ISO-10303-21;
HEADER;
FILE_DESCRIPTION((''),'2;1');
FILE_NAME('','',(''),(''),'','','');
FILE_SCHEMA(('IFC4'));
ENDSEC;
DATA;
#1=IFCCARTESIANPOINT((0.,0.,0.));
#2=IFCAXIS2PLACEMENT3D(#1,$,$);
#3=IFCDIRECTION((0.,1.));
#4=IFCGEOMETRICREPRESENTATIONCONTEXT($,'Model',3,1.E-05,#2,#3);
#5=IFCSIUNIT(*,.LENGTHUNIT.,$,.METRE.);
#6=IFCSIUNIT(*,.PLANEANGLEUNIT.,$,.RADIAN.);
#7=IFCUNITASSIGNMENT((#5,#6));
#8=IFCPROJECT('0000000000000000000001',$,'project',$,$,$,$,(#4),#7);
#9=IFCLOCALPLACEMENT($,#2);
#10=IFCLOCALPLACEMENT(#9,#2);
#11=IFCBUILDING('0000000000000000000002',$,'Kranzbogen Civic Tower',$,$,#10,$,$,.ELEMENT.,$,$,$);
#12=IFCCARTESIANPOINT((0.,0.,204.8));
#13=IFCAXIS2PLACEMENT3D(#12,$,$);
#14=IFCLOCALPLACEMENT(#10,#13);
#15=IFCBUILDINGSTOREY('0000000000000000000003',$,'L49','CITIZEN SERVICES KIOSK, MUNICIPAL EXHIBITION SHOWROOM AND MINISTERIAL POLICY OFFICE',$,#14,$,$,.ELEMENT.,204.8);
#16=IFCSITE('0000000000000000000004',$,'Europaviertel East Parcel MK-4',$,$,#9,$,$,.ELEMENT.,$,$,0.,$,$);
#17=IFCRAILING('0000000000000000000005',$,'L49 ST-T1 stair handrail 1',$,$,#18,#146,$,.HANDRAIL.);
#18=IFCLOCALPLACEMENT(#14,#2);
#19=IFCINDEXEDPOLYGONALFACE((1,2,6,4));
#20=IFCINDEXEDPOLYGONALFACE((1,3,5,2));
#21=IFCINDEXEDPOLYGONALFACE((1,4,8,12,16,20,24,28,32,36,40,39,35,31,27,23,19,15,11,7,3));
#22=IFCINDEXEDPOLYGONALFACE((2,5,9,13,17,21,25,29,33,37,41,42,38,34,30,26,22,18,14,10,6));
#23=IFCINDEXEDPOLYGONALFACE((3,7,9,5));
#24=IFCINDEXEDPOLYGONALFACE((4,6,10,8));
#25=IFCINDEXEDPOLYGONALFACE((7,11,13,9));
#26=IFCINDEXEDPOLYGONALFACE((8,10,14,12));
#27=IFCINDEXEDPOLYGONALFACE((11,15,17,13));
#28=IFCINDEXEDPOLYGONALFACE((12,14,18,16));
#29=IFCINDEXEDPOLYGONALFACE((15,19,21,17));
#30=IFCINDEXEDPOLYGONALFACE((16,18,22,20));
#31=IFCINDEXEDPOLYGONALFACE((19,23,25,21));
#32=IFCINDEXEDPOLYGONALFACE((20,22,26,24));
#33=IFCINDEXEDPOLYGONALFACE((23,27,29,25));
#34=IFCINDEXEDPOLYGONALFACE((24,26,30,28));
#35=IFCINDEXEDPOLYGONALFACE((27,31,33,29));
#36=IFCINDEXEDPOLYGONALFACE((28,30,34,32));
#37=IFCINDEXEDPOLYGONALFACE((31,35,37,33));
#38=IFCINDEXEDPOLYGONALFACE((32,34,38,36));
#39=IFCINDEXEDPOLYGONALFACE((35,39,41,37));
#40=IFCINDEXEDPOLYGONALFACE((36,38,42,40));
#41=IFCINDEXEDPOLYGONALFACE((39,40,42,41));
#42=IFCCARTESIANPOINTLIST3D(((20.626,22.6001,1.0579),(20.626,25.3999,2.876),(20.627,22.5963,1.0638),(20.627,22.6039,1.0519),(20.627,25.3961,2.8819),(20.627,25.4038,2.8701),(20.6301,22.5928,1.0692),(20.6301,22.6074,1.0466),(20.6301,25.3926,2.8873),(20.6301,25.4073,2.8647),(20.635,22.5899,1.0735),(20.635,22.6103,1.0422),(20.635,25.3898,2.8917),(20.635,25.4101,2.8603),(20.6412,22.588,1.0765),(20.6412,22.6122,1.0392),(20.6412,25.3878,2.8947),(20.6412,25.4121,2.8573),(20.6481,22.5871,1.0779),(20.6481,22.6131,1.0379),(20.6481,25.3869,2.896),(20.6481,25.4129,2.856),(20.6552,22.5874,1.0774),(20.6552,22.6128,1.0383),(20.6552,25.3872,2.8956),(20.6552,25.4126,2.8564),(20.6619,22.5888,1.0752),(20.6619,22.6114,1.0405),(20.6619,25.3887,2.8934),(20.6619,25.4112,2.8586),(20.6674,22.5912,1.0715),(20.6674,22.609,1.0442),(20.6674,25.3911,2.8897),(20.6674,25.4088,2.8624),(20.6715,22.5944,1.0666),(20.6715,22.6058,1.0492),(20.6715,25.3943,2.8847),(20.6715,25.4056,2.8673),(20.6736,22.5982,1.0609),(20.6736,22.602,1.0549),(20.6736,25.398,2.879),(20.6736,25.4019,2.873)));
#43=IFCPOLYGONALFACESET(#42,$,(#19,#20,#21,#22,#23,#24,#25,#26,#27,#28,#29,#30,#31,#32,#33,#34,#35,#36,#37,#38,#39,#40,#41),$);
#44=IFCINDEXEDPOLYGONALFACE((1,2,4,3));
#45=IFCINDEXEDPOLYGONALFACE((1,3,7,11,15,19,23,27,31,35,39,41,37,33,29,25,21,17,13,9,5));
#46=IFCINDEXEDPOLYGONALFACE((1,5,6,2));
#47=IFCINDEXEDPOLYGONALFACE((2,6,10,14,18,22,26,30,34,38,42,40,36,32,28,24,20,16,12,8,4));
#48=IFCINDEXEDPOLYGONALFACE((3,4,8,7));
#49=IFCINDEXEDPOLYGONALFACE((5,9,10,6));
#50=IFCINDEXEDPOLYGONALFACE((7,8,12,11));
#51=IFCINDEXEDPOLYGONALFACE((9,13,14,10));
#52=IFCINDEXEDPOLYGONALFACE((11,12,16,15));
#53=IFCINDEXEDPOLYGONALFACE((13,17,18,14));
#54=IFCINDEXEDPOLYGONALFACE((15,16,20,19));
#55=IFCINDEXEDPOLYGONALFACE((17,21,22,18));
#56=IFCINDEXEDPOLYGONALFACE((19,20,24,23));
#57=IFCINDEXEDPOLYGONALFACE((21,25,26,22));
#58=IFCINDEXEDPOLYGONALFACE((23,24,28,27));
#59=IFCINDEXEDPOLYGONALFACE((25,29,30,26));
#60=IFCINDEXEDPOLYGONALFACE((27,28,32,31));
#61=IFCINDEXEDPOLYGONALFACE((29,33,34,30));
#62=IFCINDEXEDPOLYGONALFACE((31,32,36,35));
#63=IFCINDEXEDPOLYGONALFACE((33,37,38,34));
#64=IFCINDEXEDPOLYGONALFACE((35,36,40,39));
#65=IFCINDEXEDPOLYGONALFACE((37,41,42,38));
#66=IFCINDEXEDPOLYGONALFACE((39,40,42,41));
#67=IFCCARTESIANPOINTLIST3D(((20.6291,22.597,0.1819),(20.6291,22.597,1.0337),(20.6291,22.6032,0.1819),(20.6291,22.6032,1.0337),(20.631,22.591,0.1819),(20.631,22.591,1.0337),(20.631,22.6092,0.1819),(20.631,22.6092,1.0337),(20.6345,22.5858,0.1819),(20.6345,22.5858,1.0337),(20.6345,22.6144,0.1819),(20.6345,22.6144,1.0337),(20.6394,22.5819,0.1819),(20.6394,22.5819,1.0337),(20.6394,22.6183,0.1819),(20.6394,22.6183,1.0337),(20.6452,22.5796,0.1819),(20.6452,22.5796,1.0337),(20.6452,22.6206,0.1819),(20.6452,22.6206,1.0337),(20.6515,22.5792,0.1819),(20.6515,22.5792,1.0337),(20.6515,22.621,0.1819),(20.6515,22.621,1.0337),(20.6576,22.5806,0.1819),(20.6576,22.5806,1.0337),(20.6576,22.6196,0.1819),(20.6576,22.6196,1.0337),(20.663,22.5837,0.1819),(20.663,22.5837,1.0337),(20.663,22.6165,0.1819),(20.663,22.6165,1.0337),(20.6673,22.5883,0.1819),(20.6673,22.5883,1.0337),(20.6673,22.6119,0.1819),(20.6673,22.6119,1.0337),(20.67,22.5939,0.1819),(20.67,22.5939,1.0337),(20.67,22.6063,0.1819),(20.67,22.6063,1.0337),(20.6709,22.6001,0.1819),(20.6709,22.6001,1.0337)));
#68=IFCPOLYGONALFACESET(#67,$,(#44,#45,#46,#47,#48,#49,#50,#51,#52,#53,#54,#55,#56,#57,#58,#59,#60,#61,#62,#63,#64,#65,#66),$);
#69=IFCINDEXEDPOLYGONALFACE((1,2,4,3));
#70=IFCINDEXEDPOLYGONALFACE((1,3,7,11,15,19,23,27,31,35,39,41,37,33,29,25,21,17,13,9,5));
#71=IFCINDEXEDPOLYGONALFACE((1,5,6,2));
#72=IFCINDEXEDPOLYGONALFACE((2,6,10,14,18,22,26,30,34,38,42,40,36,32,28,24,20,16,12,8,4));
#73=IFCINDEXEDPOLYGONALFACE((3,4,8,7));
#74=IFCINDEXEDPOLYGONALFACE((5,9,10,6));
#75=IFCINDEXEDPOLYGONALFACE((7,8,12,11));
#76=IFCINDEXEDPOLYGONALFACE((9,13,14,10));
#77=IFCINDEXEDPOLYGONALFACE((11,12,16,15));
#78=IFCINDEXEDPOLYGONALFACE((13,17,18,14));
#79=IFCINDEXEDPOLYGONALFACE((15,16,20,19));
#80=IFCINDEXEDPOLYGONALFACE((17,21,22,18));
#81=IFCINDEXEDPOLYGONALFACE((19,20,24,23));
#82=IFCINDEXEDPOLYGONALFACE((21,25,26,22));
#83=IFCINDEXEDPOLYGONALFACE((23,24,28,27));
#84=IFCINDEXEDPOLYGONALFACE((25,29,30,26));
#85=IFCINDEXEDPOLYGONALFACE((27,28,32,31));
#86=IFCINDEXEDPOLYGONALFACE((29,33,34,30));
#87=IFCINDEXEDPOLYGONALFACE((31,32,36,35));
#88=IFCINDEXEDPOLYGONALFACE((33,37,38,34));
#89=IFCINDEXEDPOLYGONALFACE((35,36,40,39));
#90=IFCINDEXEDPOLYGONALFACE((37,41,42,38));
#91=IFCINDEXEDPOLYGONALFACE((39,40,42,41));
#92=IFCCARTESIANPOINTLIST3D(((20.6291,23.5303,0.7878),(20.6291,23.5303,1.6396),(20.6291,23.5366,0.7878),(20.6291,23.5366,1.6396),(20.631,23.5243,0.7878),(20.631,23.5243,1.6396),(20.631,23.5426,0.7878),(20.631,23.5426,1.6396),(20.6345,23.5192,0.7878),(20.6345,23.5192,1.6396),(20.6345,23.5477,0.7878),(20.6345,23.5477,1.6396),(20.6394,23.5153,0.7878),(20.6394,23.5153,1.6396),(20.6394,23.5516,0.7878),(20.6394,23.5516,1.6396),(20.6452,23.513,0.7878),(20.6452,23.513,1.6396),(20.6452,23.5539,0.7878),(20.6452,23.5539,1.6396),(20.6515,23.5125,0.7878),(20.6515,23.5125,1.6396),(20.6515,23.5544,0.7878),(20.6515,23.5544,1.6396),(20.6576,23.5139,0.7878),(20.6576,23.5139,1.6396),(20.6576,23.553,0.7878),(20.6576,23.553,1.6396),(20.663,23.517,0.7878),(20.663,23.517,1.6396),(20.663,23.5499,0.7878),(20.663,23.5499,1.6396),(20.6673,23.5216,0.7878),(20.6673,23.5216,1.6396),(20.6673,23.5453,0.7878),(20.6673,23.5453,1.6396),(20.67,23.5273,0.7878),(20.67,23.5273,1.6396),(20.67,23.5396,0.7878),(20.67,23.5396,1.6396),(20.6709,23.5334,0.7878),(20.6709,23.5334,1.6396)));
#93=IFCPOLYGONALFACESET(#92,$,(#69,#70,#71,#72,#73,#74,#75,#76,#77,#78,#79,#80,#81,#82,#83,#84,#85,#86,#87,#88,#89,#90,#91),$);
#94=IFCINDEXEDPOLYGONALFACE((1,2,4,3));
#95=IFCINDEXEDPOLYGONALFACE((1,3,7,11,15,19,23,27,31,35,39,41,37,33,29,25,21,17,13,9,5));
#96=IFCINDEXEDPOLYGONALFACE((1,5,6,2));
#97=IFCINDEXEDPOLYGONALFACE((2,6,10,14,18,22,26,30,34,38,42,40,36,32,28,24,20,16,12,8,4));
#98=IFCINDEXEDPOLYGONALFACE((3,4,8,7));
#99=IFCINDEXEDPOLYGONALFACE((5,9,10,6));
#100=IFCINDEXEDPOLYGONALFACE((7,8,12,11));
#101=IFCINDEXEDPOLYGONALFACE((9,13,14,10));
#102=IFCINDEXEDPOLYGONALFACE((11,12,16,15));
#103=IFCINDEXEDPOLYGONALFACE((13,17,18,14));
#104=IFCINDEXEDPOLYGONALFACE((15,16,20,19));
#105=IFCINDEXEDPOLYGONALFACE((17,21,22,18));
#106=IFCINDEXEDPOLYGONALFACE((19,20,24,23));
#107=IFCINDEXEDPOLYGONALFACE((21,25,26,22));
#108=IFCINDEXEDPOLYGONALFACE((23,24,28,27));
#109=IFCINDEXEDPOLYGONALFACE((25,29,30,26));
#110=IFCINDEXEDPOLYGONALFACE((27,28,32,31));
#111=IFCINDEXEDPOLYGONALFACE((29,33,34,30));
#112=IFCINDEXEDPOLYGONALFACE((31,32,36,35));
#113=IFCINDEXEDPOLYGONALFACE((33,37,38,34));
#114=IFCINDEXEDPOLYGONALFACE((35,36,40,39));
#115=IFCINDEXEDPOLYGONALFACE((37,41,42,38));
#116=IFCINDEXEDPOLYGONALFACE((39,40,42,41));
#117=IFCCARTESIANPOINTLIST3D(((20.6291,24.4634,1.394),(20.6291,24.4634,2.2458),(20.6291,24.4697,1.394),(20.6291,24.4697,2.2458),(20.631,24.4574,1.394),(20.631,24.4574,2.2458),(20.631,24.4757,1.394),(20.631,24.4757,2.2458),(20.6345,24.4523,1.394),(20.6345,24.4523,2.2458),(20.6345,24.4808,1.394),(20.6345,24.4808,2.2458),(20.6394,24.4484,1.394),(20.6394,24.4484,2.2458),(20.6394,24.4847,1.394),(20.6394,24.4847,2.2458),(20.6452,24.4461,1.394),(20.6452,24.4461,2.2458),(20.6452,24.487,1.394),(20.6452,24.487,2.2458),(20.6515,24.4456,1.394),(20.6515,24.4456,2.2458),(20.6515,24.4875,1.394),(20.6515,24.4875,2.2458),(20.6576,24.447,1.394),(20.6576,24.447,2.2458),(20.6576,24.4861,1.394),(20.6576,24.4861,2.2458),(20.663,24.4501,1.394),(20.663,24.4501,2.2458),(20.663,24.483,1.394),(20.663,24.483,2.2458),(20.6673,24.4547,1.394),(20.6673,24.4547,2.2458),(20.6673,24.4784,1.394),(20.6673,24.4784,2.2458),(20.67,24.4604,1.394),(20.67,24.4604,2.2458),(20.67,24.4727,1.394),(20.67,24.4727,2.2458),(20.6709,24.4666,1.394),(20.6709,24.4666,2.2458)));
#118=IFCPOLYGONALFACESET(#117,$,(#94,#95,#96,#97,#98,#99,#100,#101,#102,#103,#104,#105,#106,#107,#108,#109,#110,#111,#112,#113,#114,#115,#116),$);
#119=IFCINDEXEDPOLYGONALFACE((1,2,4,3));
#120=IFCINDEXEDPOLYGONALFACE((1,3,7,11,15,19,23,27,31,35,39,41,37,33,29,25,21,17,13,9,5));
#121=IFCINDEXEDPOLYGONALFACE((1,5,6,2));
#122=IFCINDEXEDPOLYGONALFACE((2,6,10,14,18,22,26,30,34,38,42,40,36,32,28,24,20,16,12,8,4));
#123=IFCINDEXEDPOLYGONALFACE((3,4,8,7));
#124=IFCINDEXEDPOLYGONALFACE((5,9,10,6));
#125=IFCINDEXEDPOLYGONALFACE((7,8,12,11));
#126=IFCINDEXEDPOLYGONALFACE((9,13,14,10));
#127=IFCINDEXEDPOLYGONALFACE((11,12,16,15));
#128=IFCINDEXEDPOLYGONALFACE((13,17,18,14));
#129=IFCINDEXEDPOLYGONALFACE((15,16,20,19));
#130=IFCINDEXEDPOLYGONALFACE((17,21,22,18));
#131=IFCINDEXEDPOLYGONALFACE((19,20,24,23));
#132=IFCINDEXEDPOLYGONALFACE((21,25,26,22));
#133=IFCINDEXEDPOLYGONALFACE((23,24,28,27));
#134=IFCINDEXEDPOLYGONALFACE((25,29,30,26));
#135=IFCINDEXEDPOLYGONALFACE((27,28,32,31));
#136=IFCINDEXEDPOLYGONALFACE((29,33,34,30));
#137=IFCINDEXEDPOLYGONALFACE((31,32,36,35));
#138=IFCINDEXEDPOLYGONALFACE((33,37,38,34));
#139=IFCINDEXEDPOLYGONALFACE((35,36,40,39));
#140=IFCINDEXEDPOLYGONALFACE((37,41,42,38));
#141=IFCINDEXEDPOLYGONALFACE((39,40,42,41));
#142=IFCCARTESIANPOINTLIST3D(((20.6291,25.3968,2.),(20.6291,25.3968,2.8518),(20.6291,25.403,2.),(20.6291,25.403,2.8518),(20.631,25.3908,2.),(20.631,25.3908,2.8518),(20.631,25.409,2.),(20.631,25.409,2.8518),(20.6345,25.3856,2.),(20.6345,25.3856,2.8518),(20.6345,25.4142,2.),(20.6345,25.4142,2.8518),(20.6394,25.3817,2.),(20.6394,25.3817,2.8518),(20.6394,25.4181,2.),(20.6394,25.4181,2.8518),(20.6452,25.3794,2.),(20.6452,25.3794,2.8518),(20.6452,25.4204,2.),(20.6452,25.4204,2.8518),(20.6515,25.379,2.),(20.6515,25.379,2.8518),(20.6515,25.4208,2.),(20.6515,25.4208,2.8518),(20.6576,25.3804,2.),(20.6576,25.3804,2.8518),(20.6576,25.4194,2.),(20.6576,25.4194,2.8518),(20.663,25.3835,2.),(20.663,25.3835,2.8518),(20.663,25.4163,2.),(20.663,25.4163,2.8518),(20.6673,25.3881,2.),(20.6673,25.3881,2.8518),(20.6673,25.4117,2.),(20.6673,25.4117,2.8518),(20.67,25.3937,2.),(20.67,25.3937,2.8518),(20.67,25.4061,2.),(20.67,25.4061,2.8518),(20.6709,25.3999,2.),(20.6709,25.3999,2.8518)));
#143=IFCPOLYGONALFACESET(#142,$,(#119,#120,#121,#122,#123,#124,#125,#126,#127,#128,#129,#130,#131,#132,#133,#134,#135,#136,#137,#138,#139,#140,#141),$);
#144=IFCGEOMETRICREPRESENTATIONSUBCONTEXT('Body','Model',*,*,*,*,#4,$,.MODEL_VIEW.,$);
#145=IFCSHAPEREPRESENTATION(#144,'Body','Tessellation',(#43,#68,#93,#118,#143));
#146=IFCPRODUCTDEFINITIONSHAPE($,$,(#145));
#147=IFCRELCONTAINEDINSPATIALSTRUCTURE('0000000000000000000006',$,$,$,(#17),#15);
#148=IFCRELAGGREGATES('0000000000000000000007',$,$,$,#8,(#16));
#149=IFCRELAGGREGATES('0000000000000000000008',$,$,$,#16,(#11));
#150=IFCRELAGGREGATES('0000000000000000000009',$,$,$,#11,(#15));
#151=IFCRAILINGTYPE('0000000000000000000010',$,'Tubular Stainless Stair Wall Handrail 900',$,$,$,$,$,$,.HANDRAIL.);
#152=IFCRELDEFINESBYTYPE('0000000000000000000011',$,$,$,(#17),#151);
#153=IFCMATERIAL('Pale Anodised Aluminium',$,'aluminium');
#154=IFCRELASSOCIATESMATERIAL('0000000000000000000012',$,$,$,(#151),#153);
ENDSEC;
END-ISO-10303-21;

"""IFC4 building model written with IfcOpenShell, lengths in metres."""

from ifc_helpers import new_model, si_unit, direction, frame, origin, origin_2d, place, context, subcontext, project, spatial, circle, extrude, material, type_object, element, save


model = new_model("IFC4")

# Units and contexts
model_context = context("Model", 3, precision=1e-05, world=origin(), true_north=direction((0.0, 1.0)))
body_context = subcontext(model_context, "Body", "Model", "MODEL_VIEW")
ifc_project = project(units=[si_unit("LENGTHUNIT", "METRE"), si_unit("PLANEANGLEUNIT", "RADIAN")], contexts=[model_context])

# Site, building, storey
site_placement = place(None, origin())
site = spatial("IfcSite", under=ifc_project, at=site_placement, Name="Europaviertel East Parcel MK-4", CompositionType="ELEMENT", RefElevation=0.0)
building_placement = place(site_placement, origin())
building = spatial("IfcBuilding", under=site, at=building_placement, Name="Kranzbogen Civic Tower", CompositionType="ELEMENT")
storey_placement = place(building_placement, frame((0.0, 0.0, 204.8)))
storey = spatial("IfcBuildingStorey", under=building, at=storey_placement, Name="L49", Description="CITIZEN SERVICES KIOSK, MUNICIPAL EXHIBITION SHOWROOM AND MINISTERIAL POLICY OFFICE", CompositionType="ELEMENT", Elevation=204.8)

# Shared definitions
ifc_material_1 = material(Name="Pale Anodised Aluminium", Category="aluminium")

# Railing
railing_type_1 = type_object("IfcRailingType", Name="Tubular Stainless Stair Wall Handrail 900", PredefinedType="HANDRAIL", material=ifc_material_1)
railing_1_placement = place(storey_placement, frame((20.6499, 22.6001, 0.1819)))
element("IfcRailing", 1, at=railing_1_placement, inside=storey, type_object=railing_type_1, Name="L49 ST-T1 stair handrail 1", PredefinedType="HANDRAIL", context=body_context, shape_type="SweptSolid", body=[
    extrude(circle(Radius=0.0239, at=origin_2d()), frame((0.0, 0.0, 0.876), z_axis=(0.0, 0.838684, 0.544618), x_axis=(-1.0, 0.0, 0.0)), (0.0, 0.0, 1.0), 3.3384),
    extrude(circle(Radius=0.021, at=origin_2d()), origin(), (0.0, 0.0, 1.0), 0.8518),
    extrude(circle(Radius=0.021, at=origin_2d()), frame((0.0, 0.9333, 0.606)), (0.0, 0.0, 1.0), 0.8518),
    extrude(circle(Radius=0.021, at=origin_2d()), frame((0.0, 1.8665, 1.2122)), (0.0, 0.0, 1.0), 0.8518),
    extrude(circle(Radius=0.021, at=origin_2d()), frame((0.0, 2.7998, 1.8181)), (0.0, 0.0, 1.0), 0.8518),
])

save(model, "model.ifc")
